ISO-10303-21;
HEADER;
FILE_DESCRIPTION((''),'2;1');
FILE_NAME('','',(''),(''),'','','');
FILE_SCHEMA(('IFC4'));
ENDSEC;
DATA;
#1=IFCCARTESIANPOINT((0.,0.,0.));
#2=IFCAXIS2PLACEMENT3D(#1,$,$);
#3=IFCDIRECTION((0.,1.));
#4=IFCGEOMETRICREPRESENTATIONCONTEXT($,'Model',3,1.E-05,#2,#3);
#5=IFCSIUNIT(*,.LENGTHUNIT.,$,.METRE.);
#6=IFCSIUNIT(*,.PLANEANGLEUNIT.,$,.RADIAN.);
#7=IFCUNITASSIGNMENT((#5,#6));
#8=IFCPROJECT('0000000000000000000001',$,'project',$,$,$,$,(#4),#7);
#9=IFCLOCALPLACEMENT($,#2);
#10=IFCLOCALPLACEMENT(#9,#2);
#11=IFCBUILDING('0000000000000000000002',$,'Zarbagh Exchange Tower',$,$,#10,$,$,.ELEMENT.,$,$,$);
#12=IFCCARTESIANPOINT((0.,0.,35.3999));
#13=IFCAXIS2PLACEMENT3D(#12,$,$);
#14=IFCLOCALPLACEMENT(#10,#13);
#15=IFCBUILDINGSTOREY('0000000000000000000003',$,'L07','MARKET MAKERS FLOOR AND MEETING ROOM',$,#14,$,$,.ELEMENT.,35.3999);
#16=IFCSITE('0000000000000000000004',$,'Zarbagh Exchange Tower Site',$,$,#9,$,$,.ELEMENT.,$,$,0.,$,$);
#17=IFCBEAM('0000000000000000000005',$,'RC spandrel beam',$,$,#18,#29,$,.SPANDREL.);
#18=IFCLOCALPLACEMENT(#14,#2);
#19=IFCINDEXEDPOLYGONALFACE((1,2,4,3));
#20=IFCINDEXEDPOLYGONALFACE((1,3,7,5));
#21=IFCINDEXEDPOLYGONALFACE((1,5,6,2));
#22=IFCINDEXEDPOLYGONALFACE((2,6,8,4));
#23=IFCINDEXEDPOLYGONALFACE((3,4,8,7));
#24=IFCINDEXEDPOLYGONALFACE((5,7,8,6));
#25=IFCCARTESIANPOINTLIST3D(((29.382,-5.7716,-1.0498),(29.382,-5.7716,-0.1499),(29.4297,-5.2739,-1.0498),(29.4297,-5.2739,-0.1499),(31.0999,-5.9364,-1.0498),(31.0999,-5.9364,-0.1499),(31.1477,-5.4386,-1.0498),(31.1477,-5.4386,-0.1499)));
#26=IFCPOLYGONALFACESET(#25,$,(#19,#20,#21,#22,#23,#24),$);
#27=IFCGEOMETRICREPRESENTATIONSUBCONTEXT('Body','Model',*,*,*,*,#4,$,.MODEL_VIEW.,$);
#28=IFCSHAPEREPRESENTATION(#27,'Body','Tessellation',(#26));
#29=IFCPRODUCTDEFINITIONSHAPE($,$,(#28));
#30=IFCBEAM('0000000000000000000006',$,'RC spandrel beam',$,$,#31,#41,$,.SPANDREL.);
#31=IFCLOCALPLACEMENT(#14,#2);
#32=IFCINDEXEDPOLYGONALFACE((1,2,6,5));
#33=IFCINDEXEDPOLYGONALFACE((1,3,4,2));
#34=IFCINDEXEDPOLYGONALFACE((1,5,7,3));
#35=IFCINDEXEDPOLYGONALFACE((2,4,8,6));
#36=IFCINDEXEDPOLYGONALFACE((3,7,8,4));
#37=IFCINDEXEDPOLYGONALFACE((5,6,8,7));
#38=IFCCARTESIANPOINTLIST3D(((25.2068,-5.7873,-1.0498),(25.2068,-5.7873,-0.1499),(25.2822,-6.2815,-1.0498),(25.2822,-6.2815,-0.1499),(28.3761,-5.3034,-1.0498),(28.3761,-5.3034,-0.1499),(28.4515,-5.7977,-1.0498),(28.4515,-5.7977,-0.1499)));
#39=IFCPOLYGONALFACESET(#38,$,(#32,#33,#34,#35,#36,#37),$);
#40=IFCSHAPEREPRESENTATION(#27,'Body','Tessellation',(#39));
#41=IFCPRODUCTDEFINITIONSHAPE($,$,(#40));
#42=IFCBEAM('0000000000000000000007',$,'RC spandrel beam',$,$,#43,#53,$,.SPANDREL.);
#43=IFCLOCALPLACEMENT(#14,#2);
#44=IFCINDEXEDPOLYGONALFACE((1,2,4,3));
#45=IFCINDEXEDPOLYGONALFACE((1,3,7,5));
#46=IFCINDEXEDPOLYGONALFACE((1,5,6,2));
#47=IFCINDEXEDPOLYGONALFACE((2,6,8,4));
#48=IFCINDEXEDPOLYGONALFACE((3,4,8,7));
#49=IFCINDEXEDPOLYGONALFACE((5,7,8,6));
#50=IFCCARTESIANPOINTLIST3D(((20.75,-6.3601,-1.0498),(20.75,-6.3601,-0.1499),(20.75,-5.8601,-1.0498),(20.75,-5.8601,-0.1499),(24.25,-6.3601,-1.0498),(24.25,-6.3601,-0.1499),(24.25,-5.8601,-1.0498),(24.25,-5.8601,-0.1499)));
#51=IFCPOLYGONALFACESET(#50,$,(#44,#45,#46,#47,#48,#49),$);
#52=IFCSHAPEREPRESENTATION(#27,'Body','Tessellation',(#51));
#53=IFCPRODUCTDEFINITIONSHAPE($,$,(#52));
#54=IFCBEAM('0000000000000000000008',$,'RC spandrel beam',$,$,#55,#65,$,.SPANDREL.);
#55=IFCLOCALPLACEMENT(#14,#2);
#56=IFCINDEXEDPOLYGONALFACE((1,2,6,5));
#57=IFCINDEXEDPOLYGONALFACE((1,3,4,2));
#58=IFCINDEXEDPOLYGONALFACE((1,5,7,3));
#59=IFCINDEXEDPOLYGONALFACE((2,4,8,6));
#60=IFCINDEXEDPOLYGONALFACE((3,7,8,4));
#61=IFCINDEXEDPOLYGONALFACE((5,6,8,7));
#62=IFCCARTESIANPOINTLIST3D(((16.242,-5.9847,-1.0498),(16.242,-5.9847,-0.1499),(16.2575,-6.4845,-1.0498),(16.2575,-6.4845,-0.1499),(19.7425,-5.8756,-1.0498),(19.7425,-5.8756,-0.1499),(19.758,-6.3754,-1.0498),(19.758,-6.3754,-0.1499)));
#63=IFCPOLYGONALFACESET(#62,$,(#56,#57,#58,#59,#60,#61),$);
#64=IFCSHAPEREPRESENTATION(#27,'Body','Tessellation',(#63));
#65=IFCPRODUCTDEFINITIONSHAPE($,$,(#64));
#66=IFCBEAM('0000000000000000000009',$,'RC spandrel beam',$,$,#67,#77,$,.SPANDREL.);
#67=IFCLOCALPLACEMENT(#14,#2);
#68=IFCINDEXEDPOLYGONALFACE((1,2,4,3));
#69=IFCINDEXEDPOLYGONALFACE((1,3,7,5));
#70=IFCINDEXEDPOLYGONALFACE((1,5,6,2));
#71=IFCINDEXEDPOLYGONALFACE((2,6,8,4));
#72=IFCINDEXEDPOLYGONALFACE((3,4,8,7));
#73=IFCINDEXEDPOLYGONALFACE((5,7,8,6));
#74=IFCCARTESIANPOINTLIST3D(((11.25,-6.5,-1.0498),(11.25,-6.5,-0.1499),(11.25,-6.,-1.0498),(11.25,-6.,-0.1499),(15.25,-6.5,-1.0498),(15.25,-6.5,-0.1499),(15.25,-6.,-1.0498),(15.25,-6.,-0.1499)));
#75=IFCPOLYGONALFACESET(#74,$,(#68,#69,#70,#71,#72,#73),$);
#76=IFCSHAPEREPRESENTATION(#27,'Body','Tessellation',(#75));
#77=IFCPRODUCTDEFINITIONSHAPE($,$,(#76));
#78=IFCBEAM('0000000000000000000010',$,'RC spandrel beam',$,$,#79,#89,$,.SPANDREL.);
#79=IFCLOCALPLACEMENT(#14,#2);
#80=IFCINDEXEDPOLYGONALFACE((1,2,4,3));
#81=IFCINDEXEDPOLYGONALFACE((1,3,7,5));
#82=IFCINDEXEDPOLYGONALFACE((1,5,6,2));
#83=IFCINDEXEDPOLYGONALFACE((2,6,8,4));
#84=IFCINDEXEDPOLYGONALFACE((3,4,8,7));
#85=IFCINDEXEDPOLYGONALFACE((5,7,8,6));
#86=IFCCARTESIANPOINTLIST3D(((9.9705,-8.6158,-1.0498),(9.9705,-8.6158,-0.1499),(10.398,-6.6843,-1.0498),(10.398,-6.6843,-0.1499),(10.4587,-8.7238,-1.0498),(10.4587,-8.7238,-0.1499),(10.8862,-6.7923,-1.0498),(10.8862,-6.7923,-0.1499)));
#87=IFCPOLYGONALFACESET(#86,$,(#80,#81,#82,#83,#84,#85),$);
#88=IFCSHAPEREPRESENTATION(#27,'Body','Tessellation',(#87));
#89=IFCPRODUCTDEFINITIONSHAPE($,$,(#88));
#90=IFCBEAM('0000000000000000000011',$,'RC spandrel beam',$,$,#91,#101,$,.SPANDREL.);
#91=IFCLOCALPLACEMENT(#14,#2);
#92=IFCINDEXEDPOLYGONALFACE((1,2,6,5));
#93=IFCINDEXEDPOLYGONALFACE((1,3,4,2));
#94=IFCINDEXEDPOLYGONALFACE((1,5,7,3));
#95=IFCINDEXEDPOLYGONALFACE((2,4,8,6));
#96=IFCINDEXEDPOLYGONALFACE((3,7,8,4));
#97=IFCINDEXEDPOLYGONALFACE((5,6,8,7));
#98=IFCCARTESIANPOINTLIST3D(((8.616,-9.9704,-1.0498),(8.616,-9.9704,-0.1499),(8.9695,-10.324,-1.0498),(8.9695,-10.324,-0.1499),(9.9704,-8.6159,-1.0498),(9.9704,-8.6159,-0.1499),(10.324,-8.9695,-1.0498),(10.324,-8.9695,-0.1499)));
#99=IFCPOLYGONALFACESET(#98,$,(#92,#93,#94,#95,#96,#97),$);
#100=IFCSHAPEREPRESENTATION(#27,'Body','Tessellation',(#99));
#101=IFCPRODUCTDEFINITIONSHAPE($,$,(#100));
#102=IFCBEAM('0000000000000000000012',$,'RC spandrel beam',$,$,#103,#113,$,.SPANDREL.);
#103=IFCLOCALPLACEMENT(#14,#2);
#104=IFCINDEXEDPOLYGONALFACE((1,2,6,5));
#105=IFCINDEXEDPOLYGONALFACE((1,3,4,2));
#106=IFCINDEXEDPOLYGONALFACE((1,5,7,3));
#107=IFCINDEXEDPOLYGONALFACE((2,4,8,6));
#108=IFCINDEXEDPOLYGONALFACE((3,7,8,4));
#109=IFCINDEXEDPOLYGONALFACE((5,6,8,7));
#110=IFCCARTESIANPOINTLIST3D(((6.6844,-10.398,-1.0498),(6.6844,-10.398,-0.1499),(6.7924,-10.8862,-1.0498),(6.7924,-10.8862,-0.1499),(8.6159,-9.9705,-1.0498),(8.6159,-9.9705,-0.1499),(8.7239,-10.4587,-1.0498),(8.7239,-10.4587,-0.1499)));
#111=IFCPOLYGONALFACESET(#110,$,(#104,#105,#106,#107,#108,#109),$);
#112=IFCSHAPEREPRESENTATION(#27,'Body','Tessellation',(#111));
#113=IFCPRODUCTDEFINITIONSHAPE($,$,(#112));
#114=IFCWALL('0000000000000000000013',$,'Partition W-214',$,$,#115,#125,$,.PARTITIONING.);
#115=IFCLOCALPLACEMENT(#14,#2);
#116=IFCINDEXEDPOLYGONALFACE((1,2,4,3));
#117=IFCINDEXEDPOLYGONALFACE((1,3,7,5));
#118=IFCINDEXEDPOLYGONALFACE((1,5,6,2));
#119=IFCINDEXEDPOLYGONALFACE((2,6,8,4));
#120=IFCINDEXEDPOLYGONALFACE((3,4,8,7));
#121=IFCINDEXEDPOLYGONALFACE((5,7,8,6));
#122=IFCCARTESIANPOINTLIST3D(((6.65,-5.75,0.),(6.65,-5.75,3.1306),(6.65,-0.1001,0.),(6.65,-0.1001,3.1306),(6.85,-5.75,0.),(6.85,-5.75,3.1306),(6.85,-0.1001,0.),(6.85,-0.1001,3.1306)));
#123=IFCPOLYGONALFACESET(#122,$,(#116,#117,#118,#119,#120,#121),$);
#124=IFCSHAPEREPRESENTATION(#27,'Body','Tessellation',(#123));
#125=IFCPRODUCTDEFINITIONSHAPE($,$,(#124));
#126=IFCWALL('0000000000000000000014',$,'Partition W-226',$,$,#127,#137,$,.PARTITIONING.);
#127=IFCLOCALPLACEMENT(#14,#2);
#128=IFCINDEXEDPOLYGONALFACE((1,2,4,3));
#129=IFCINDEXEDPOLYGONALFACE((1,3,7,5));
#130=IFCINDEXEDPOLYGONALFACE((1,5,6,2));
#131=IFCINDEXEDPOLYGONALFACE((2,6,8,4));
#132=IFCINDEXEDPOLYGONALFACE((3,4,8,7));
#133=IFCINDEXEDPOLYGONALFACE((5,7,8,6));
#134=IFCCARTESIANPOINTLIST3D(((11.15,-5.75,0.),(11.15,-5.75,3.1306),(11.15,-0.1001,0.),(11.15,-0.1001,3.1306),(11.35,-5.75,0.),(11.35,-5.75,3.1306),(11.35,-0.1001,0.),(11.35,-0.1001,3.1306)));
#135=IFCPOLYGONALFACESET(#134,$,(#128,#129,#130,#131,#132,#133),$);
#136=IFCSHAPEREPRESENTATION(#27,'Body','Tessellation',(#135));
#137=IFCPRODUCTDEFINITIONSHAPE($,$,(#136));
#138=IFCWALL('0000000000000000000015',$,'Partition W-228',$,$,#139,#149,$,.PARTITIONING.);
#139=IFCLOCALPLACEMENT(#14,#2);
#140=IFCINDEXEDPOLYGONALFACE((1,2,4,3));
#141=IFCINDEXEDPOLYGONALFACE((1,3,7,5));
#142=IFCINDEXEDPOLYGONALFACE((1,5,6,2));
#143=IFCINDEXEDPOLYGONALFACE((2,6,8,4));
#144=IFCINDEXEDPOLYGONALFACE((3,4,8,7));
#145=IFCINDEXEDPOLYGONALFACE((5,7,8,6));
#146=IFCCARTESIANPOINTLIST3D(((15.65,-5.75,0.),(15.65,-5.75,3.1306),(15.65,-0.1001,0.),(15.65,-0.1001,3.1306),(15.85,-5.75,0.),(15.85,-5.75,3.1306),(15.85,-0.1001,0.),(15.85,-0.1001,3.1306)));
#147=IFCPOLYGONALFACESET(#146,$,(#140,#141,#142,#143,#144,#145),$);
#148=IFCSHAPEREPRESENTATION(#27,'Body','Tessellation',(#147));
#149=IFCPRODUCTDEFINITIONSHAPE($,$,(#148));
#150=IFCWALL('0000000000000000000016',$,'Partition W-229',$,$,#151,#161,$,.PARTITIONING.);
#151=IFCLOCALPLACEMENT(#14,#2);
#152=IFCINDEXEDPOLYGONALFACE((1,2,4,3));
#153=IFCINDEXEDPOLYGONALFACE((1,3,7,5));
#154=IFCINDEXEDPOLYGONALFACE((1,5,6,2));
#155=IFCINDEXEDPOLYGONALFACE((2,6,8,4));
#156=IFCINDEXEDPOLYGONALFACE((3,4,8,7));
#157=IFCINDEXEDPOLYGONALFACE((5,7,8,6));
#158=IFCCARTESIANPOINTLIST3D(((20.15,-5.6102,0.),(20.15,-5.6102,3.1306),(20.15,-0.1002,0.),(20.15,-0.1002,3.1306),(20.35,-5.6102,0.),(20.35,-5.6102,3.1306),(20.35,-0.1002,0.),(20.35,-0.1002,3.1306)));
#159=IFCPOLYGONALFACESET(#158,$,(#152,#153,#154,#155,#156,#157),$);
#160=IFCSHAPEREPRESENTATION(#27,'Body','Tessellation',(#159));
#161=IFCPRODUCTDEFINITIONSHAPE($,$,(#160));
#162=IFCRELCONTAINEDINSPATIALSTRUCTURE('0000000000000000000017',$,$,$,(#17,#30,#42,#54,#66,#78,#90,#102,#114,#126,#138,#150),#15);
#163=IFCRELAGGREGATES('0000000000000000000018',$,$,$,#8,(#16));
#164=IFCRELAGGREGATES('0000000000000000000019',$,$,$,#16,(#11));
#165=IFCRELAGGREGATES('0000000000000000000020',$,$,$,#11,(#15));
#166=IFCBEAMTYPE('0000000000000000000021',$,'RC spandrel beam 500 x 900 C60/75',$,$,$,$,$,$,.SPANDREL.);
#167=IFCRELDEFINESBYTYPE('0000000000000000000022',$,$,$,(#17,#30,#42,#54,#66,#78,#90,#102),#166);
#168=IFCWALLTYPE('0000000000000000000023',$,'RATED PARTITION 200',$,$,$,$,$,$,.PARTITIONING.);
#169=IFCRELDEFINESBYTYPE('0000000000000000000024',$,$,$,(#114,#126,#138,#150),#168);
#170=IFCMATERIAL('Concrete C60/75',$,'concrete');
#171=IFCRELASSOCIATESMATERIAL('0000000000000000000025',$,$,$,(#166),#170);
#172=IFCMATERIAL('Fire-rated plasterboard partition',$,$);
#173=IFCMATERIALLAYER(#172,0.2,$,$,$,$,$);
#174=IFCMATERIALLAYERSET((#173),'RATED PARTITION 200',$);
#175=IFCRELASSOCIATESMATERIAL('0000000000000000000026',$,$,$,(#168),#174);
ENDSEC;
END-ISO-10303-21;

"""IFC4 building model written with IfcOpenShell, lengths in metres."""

from ifc_helpers import new_model, si_unit, direction, frame, frame_2d, origin, origin_2d, place, context, subcontext, project, spatial, rectangle, extrude, material, layer, layer_set, material_profile, profile_set, type_object, element, save


model = new_model("IFC4")

# Units and contexts
model_context = context("Model", 3, precision=1e-05, world=origin(), true_north=direction((0.0, 1.0)))
body_context = subcontext(model_context, "Body", "Model", "MODEL_VIEW")
ifc_project = project(units=[si_unit("LENGTHUNIT", "METRE"), si_unit("PLANEANGLEUNIT", "RADIAN")], contexts=[model_context])

# Site, building, storey
site_placement = place(None, origin())
site = spatial("IfcSite", under=ifc_project, at=site_placement, Name="Zarbagh Exchange Tower Site", CompositionType="ELEMENT", RefElevation=0.0)
building_placement = place(site_placement, origin())
building = spatial("IfcBuilding", under=site, at=building_placement, Name="Zarbagh Exchange Tower", CompositionType="ELEMENT")
storey_placement = place(building_placement, frame((0.0, 0.0, 35.3999)))
storey = spatial("IfcBuildingStorey", under=building, at=storey_placement, Name="L07", Description="MARKET MAKERS FLOOR AND MEETING ROOM", CompositionType="ELEMENT", Elevation=35.3999)

# Shared definitions
ifc_material_1 = material(Name="Concrete C60/75", Category="concrete")

# Beams
ifc_material_profile_1 = material_profile(ifc_material_1, rectangle(XDim=0.5, YDim=0.8999, at=origin_2d()), Name="RC spandrel beam 500 x 900 C60/75")
ifc_profile_set_1 = profile_set([ifc_material_profile_1], Name="Concrete C60/75")
beam_type_1 = type_object("IfcBeamType", Name="RC spandrel beam 500 x 900 C60/75", PredefinedType="SPANDREL", material=ifc_profile_set_1)
beam_1_placement = place(storey_placement, frame((31.1238, -5.6875, -0.5999), z_axis=(-0.995431, 0.095483, 0.0), x_axis=(-0.095483, -0.995431, 0.0)))
element("IfcBeam", 1, at=beam_1_placement, inside=storey, type_object=beam_type_1, Name="RC spandrel beam", PredefinedType="SPANDREL", context=body_context, shape_type="SweptSolid", body=[
    extrude(rectangle(XDim=0.5, YDim=0.8999, at=origin_2d()), origin(), (0.0, 0.0, 1.0), 1.7258),
])
beam_2_placement = place(storey_placement, frame((28.4138, -5.5505, -0.5999), z_axis=(-0.988545, -0.150924, 0.0), x_axis=(0.150924, -0.988545, 0.0)))
element("IfcBeam", 2, at=beam_2_placement, inside=storey, type_object=beam_type_1, Name="RC spandrel beam", PredefinedType="SPANDREL", context=body_context, shape_type="SweptSolid", body=[
    extrude(rectangle(XDim=0.5, YDim=0.8999, at=origin_2d()), origin(), (0.0, 0.0, 1.0), 3.2061),
])
beam_3_placement = place(storey_placement, frame((24.25, -6.1101, -0.5999), z_axis=(-1.0, 0.0, 0.0), x_axis=(0.0, -1.0, 0.0)))
element("IfcBeam", 3, at=beam_3_placement, inside=storey, type_object=beam_type_1, Name="RC spandrel beam", PredefinedType="SPANDREL", context=body_context, shape_type="SweptSolid", body=[
    extrude(rectangle(XDim=0.5, YDim=0.8999, at=origin_2d()), origin(), (0.0, 0.0, 1.0), 3.5),
])
beam_4_placement = place(storey_placement, frame((19.7502, -6.1255, -0.5999), z_axis=(-0.999514, -0.031161, 0.0), x_axis=(0.031161, -0.999514, 0.0)))
element("IfcBeam", 4, at=beam_4_placement, inside=storey, type_object=beam_type_1, Name="RC spandrel beam", PredefinedType="SPANDREL", context=body_context, shape_type="SweptSolid", body=[
    extrude(rectangle(XDim=0.5, YDim=0.8999, at=origin_2d()), origin(), (0.0, 0.0, 1.0), 3.5022),
])
beam_5_placement = place(storey_placement, frame((15.25, -6.25, -0.5999), z_axis=(-1.0, 0.0, 0.0), x_axis=(0.0, -1.0, 0.0)))
element("IfcBeam", 5, at=beam_5_placement, inside=storey, type_object=beam_type_1, Name="RC spandrel beam", PredefinedType="SPANDREL", context=body_context, shape_type="SweptSolid", body=[
    extrude(rectangle(XDim=0.5, YDim=0.8999, at=origin_2d()), origin(), (0.0, 0.0, 1.0), 4.0),
])
beam_6_placement = place(storey_placement, frame((10.6421, -6.7383, -0.5999), z_axis=(-0.216081, -0.976375, 0.0), x_axis=(0.976375, -0.216081, 0.0)))
element("IfcBeam", 6, at=beam_6_placement, inside=storey, type_object=beam_type_1, Name="RC spandrel beam", PredefinedType="SPANDREL", context=body_context, shape_type="SweptSolid", body=[
    extrude(rectangle(XDim=0.5, YDim=0.8999, at=origin_2d()), origin(), (0.0, 0.0, 1.0), 1.9783),
])
beam_7_placement = place(storey_placement, frame((10.1472, -8.7927, -0.5999), z_axis=(-0.707107, -0.707107, 0.0), x_axis=(0.707107, -0.707107, 0.0)))
element("IfcBeam", 7, at=beam_7_placement, inside=storey, type_object=beam_type_1, Name="RC spandrel beam", PredefinedType="SPANDREL", context=body_context, shape_type="SweptSolid", body=[
    extrude(rectangle(XDim=0.5, YDim=0.8999, at=origin_2d()), origin(), (0.0, 0.0, 1.0), 1.9155),
])
beam_8_placement = place(storey_placement, frame((8.6699, -10.2146, -0.5999), z_axis=(-0.976375, -0.216081, 0.0), x_axis=(0.216081, -0.976375, 0.0)))
element("IfcBeam", 8, at=beam_8_placement, inside=storey, type_object=beam_type_1, Name="RC spandrel beam", PredefinedType="SPANDREL", context=body_context, shape_type="SweptSolid", body=[
    extrude(rectangle(XDim=0.5, YDim=0.8999, at=origin_2d()), origin(), (0.0, 0.0, 1.0), 1.9783),
])

# Walls
ifc_material_2 = material(Name="Fire-rated plasterboard partition")
ifc_layer = layer(ifc_material_2, 0.2)
ifc_layer_set = layer_set([ifc_layer], Name="RATED PARTITION 200")
wall_type = type_object("IfcWallType", Name="RATED PARTITION 200", PredefinedType="PARTITIONING", material=ifc_layer_set)
for number, where, z_axis, x_axis, name in (
    (9, (6.75, -5.75, 0.0), (0.0, 0.0, 1.0), (0.0, 1.0, 0.0), "Partition W-214"),
    (10, (11.25, -5.75, 0.0), (0.0, 0.0, 1.0), (0.0, 1.0, 0.0), "Partition W-226"),
    (11, (15.75, -5.75, 0.0), (0.0, 0.0, 1.0), (0.0, 1.0, 0.0), "Partition W-228"),
):
    element("IfcWall", number, at=place(storey_placement, frame(where, z_axis=z_axis, x_axis=x_axis)), inside=storey, type_object=wall_type, Name=name, PredefinedType="PARTITIONING", context=body_context, shape_type="SweptSolid", body=[
        extrude(rectangle(XDim=5.6499, YDim=0.2, at=frame_2d((2.825, 0.0))), origin(), (0.0, 0.0, 1.0), 3.1306),
    ])
wall_placement = place(storey_placement, frame((20.25, -5.6101, 0.0), z_axis=(0.0, 0.0, 1.0), x_axis=(0.0, 1.0, 0.0)))
element("IfcWall", 12, at=wall_placement, inside=storey, type_object=wall_type, Name="Partition W-229", PredefinedType="PARTITIONING", context=body_context, shape_type="SweptSolid", body=[
    extrude(rectangle(XDim=5.51, YDim=0.2, at=frame_2d((2.7549, 0.0))), origin(), (0.0, 0.0, 1.0), 3.1306),
])

save(model, "model.ifc")
